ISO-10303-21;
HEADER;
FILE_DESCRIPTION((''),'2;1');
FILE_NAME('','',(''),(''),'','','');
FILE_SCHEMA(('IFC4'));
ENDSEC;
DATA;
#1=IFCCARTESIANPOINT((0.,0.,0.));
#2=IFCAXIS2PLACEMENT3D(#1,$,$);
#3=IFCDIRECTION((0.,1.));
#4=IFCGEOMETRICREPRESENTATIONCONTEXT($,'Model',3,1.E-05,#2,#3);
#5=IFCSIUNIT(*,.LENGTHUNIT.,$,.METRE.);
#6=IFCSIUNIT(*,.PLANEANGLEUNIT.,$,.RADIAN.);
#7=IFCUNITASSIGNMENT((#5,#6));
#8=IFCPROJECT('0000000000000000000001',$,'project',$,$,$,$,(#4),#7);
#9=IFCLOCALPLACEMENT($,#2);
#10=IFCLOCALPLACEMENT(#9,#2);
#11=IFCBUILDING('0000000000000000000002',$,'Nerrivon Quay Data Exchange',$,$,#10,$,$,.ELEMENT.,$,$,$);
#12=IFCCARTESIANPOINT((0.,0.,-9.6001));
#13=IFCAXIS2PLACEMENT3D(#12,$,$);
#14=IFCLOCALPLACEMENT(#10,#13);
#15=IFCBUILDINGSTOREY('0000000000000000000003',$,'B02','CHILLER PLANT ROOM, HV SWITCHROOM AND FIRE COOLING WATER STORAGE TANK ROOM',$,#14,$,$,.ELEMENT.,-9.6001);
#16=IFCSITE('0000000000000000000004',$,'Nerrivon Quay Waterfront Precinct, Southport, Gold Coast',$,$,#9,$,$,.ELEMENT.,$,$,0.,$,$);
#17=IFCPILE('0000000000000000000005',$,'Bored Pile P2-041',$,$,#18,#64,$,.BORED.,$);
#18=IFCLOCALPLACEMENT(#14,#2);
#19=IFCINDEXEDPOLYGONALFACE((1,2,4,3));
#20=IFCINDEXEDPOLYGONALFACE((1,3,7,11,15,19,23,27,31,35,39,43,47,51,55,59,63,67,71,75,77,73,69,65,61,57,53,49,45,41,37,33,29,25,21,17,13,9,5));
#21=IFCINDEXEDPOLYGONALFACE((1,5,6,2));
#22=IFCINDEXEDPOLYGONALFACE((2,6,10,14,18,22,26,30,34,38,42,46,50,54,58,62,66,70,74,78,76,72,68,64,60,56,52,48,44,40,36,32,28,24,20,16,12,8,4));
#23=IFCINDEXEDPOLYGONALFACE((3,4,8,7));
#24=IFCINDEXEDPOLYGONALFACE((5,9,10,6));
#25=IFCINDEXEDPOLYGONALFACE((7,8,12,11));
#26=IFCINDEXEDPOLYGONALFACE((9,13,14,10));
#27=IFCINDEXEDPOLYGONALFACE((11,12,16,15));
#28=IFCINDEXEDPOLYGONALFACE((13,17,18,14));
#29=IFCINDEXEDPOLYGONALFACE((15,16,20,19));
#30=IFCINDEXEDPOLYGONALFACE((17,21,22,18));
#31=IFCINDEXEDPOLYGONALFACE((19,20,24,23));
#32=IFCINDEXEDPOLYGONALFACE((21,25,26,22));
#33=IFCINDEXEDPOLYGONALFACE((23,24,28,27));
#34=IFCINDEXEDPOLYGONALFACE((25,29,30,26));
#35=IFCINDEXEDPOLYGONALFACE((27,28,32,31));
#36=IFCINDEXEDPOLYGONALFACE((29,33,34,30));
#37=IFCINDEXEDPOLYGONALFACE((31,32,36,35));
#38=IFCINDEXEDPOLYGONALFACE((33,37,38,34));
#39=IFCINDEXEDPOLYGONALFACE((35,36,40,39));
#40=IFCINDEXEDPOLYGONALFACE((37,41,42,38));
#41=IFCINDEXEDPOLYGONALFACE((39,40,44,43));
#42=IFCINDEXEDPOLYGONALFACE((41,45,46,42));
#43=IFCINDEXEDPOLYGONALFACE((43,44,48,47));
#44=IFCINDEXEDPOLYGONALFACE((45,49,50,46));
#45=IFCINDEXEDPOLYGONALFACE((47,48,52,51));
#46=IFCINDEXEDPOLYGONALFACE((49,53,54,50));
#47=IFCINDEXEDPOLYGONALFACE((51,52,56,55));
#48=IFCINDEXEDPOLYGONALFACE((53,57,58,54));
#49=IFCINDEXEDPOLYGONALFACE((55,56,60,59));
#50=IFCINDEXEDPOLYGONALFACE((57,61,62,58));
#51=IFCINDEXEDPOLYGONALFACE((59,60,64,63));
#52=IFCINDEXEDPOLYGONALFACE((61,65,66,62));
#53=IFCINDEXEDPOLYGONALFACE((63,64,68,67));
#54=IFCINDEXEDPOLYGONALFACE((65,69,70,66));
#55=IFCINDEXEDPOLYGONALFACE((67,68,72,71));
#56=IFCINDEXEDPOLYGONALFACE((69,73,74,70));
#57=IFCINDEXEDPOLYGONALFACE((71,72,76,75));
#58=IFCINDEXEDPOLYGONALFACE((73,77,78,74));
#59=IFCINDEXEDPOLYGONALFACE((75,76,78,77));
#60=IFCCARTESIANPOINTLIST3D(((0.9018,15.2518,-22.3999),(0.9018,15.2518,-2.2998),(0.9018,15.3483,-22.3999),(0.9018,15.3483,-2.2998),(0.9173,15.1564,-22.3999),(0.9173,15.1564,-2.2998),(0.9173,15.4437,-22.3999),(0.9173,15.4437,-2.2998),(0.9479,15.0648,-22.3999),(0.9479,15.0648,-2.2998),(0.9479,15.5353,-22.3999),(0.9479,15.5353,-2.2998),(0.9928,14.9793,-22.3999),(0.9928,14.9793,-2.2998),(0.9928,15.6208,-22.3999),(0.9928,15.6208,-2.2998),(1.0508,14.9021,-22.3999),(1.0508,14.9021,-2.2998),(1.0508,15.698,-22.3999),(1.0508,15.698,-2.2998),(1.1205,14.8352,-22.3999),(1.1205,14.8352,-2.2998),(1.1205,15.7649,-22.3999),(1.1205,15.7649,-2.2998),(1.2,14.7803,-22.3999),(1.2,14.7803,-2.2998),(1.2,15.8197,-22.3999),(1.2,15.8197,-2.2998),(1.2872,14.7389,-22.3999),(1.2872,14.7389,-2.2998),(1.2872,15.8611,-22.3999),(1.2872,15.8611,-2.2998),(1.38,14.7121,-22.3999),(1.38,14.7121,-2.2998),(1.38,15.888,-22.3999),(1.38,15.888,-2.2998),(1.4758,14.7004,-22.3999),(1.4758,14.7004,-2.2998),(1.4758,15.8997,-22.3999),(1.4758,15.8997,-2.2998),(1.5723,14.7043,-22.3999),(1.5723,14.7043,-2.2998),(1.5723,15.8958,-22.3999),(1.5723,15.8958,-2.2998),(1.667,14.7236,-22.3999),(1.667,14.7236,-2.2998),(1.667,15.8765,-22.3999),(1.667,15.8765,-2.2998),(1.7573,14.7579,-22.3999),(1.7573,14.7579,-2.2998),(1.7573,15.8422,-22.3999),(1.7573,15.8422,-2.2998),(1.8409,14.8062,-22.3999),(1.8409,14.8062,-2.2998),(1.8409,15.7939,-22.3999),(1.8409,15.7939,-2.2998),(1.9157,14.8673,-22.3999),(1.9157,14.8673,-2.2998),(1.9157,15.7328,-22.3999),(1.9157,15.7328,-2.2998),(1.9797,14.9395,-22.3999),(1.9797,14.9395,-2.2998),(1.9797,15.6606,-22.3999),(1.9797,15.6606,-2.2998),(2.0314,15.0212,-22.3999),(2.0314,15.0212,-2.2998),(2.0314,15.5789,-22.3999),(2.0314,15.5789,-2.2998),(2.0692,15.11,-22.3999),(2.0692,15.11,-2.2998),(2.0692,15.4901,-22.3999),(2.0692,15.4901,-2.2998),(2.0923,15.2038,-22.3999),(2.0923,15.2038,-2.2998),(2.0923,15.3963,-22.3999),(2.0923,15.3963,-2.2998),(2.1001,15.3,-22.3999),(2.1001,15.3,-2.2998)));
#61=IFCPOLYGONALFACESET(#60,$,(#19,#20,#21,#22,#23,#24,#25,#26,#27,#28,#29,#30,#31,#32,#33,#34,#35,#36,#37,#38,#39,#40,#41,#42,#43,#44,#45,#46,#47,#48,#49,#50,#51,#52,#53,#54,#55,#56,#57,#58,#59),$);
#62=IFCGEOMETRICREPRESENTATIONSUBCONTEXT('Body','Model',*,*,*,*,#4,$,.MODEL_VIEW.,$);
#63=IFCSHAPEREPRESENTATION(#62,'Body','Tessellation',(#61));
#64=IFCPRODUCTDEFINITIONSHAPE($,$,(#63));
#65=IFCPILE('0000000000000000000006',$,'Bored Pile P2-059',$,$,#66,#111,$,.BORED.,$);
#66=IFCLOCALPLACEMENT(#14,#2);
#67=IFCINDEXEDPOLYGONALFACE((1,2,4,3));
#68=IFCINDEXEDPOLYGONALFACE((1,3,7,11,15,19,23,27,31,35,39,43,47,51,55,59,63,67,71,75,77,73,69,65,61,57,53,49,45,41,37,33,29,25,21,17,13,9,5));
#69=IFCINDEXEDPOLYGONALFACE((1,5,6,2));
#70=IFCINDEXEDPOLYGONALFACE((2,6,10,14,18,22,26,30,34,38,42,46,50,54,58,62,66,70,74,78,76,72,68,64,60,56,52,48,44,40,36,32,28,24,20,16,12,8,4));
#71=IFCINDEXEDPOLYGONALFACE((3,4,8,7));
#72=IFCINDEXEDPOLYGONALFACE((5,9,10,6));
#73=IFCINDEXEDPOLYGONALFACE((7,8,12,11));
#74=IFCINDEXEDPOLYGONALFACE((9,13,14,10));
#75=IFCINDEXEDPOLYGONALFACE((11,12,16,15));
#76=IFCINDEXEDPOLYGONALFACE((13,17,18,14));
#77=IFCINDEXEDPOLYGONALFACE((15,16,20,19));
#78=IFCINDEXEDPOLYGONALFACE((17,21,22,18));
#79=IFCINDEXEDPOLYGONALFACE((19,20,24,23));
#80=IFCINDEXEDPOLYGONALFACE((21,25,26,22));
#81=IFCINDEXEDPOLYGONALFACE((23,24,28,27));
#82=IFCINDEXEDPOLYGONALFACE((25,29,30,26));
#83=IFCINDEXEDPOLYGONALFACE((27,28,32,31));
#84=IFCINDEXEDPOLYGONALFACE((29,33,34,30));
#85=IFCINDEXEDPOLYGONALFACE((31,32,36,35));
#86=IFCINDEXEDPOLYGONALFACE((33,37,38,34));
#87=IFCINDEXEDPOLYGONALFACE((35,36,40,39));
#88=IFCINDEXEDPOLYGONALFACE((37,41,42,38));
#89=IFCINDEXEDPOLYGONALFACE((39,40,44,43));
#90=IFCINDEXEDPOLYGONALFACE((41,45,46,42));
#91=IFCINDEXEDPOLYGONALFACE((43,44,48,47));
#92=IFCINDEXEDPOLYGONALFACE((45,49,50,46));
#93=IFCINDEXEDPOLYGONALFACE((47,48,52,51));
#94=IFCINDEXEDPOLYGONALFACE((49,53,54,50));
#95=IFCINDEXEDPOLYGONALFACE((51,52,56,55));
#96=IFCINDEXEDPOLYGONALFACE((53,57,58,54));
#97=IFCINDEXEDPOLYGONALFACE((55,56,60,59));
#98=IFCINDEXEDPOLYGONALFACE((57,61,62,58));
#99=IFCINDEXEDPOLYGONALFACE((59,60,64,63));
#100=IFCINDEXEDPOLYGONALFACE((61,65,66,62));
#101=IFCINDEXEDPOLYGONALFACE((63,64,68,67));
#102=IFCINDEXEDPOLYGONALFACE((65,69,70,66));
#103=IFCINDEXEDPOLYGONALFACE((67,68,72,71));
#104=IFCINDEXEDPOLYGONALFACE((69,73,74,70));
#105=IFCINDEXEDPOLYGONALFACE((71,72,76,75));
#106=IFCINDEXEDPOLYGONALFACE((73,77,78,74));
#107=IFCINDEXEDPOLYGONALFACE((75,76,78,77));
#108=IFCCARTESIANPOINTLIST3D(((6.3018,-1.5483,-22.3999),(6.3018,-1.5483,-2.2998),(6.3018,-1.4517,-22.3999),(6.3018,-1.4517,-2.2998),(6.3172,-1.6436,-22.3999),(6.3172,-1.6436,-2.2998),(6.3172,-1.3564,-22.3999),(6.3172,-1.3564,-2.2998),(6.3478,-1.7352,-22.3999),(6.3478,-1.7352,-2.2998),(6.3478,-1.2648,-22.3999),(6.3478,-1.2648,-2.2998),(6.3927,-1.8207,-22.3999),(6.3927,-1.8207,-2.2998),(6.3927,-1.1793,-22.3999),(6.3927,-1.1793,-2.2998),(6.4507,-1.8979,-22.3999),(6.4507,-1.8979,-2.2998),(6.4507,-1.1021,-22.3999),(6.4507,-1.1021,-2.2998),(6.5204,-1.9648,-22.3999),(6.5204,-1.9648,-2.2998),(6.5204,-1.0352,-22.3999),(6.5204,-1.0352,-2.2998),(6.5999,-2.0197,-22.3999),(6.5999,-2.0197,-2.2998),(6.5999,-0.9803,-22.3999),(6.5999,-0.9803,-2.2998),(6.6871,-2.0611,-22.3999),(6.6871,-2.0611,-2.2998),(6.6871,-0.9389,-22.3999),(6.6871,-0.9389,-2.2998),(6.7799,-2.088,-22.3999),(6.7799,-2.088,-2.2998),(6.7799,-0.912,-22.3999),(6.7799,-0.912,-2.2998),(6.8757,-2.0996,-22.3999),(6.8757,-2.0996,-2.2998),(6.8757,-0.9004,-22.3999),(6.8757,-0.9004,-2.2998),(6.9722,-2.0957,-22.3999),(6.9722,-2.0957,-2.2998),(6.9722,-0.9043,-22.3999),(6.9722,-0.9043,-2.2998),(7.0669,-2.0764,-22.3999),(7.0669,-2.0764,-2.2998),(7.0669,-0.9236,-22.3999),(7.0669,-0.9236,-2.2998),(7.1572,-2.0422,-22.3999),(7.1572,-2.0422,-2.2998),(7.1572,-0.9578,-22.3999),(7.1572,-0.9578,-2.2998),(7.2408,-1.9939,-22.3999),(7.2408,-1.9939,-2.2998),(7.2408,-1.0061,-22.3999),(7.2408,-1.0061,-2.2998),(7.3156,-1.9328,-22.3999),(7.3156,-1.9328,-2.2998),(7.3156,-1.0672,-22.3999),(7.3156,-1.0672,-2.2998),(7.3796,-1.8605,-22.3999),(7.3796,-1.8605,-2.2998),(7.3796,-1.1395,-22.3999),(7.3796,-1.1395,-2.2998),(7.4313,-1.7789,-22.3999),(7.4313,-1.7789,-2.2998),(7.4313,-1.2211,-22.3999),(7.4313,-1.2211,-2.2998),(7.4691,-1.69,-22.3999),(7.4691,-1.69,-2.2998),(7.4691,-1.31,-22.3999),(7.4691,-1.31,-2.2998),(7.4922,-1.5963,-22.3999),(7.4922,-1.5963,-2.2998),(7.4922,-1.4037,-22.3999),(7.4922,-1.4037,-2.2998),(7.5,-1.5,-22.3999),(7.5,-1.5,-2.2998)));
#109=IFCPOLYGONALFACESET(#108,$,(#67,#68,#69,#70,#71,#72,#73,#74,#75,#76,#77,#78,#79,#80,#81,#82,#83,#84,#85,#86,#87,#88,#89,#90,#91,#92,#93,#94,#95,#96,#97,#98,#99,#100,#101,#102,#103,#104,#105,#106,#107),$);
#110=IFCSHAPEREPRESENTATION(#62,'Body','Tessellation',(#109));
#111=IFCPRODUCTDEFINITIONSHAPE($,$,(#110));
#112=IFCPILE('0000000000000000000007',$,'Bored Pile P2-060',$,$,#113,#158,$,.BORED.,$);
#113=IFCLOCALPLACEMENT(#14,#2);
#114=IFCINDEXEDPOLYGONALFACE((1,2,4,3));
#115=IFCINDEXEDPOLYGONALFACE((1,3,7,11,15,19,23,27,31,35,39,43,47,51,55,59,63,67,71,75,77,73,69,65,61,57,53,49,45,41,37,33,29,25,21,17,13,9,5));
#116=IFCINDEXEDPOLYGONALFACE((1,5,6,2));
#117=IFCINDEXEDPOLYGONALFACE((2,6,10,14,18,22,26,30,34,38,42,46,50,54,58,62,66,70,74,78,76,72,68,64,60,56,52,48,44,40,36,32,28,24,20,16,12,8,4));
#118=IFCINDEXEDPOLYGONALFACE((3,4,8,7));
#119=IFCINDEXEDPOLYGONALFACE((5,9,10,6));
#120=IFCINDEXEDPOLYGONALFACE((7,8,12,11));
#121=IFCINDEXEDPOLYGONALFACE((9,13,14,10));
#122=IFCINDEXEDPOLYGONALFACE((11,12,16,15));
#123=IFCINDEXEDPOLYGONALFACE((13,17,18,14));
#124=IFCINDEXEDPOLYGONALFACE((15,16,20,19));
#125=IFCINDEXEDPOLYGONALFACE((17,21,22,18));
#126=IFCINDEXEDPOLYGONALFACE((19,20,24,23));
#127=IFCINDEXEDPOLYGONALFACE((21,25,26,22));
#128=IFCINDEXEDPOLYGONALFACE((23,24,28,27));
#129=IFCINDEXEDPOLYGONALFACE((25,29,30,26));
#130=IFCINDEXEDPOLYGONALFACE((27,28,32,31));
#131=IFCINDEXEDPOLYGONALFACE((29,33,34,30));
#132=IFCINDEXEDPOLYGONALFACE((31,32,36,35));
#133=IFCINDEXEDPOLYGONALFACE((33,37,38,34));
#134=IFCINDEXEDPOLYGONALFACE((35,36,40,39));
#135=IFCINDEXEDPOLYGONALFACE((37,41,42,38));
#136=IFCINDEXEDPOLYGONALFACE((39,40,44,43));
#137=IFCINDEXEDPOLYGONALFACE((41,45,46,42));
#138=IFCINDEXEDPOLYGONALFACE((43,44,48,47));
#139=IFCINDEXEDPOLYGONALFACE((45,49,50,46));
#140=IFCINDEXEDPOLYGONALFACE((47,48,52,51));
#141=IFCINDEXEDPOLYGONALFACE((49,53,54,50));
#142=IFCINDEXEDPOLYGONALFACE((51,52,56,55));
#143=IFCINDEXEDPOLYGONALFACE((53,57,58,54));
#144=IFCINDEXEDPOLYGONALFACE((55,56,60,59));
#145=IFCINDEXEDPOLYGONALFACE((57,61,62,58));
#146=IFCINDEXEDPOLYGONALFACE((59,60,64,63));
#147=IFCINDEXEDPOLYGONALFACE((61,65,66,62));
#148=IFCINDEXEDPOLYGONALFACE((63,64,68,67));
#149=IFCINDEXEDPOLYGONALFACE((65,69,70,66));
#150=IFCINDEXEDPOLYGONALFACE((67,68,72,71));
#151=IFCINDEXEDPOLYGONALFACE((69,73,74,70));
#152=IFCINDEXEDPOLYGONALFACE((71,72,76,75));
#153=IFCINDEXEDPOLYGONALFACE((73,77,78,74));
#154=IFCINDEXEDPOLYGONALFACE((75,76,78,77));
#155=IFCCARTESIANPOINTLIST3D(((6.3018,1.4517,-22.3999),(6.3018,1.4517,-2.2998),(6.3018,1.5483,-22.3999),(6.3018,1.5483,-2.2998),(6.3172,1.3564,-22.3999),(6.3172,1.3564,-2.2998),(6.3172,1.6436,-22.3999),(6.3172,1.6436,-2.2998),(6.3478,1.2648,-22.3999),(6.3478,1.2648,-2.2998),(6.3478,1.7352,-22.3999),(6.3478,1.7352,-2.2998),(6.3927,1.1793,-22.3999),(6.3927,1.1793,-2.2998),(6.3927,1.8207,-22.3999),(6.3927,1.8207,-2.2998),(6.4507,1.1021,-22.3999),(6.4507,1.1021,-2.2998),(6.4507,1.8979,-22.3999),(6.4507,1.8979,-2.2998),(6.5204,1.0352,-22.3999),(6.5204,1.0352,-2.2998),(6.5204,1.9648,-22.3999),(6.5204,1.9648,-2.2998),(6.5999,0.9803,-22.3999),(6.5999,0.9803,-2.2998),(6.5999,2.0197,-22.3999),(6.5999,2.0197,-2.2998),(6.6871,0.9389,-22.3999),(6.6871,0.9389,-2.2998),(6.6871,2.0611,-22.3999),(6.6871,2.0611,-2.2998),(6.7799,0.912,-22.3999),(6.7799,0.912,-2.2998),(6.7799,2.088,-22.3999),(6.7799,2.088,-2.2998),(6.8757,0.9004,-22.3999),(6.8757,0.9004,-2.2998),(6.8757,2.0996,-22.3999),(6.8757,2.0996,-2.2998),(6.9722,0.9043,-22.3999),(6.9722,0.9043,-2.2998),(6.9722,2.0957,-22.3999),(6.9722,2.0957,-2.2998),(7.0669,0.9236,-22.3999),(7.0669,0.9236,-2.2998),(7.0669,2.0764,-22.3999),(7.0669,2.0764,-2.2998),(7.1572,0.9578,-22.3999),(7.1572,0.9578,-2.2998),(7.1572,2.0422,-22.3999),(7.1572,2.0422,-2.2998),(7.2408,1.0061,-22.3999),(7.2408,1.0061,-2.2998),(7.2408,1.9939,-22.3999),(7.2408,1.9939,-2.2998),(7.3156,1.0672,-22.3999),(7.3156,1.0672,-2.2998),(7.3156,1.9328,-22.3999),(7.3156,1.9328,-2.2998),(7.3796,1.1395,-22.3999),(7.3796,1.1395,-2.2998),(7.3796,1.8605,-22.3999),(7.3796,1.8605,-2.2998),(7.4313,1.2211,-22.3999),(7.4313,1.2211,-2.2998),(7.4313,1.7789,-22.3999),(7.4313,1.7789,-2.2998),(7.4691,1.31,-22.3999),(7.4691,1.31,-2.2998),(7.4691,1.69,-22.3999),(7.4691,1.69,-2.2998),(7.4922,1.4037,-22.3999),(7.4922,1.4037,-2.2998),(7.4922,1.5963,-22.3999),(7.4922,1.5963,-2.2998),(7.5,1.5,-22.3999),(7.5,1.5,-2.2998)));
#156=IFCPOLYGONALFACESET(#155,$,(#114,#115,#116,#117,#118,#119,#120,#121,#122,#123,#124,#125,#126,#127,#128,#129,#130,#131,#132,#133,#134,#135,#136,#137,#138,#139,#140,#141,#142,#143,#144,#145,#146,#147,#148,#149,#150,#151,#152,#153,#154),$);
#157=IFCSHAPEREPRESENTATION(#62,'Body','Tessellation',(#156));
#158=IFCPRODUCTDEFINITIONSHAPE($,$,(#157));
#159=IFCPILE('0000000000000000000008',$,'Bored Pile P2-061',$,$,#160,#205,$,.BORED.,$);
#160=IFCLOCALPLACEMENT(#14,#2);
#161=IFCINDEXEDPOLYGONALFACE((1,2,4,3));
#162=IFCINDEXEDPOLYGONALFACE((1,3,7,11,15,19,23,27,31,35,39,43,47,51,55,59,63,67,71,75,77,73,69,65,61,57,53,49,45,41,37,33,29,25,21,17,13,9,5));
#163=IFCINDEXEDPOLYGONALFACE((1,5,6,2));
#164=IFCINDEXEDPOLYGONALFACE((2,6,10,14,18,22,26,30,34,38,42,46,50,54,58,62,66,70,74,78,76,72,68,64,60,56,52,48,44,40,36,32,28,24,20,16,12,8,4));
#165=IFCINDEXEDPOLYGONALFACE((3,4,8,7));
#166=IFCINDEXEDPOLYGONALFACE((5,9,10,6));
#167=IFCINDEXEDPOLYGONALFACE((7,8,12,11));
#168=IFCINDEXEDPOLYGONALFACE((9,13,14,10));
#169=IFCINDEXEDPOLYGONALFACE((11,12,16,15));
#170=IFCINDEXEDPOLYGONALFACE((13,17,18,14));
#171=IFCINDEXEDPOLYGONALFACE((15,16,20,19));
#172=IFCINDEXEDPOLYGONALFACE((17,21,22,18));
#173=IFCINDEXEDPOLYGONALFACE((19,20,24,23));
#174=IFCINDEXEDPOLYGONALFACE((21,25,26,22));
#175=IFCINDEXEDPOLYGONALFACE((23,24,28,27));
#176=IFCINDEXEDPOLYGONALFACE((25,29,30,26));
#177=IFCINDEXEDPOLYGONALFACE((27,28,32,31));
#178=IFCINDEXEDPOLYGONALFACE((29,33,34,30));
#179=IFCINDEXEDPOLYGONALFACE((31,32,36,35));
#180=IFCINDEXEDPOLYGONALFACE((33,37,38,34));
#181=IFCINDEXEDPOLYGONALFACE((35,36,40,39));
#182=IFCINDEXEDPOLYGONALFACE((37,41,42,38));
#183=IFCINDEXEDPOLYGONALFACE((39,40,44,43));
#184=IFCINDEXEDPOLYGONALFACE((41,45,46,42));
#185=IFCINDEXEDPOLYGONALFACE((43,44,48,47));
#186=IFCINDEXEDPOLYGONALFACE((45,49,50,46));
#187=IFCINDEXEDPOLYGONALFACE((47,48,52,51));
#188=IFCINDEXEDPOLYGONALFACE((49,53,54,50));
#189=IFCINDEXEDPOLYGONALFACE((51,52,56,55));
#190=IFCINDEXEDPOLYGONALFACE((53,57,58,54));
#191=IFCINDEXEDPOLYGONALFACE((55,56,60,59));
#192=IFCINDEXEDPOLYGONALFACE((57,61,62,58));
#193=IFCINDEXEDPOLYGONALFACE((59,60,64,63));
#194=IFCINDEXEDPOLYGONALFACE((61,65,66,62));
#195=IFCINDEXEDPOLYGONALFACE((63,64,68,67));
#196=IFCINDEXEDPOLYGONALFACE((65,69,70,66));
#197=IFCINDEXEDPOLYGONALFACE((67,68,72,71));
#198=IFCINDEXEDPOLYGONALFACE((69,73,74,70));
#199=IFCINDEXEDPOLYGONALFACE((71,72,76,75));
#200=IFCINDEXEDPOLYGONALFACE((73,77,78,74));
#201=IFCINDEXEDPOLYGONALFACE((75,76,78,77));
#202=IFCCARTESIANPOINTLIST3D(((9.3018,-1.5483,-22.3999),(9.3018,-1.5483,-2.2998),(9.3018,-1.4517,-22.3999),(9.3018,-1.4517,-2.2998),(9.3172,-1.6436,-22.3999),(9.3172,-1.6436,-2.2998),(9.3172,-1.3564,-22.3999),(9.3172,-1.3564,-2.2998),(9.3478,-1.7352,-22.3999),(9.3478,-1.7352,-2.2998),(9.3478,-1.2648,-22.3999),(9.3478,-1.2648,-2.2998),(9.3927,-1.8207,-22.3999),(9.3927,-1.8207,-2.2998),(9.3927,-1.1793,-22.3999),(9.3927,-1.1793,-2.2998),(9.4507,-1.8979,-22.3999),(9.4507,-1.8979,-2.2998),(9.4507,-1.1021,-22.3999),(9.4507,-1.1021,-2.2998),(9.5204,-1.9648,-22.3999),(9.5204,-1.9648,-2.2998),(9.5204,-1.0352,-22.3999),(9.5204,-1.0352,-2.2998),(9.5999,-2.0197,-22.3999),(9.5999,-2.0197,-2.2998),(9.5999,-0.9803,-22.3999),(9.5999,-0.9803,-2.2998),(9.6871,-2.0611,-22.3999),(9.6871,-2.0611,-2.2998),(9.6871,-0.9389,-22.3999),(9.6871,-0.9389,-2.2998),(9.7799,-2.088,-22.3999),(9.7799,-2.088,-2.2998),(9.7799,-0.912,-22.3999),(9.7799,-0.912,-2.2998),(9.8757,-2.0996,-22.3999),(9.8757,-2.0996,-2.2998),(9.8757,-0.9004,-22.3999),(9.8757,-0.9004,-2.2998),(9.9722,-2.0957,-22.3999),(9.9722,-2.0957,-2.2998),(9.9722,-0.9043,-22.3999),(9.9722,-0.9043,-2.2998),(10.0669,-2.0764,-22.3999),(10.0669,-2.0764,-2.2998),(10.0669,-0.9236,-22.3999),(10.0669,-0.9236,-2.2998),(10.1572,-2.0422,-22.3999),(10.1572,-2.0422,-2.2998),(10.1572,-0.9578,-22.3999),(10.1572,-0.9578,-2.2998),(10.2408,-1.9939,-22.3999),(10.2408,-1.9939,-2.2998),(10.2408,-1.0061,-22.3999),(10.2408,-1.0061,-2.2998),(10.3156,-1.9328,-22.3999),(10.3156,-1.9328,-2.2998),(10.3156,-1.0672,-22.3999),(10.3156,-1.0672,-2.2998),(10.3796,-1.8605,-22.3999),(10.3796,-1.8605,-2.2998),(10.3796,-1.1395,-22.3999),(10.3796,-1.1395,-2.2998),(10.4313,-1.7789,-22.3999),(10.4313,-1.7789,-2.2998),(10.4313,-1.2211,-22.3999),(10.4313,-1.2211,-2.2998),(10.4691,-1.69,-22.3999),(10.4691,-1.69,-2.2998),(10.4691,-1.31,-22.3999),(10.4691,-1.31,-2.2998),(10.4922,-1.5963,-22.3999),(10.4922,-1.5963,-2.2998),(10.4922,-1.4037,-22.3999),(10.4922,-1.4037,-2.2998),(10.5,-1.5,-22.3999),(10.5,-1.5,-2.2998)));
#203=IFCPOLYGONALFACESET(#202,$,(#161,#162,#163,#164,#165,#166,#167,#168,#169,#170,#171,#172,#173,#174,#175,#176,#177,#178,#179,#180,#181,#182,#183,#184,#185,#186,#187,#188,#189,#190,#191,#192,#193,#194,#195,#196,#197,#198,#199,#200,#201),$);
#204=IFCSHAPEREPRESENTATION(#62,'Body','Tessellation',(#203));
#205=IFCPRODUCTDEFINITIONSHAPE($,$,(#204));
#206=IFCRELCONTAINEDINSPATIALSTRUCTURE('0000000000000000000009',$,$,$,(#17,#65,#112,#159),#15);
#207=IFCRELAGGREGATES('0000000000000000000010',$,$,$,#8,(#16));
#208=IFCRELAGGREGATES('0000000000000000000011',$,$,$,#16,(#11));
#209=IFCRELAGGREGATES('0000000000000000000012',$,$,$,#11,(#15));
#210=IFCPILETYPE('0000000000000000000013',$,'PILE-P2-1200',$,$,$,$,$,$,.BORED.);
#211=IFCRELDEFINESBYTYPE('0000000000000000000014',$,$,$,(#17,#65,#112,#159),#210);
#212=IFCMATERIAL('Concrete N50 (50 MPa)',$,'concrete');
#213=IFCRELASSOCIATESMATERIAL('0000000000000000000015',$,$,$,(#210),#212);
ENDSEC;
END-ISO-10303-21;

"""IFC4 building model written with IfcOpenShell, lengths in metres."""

from ifc_helpers import new_model, si_unit, direction, frame, origin, origin_2d, place, context, subcontext, project, spatial, circle, extrude, material, material_profile, profile_set, type_object, element, save


model = new_model("IFC4")

# Units and contexts
model_context = context("Model", 3, precision=1e-05, world=origin(), true_north=direction((0.0, 1.0)))
body_context = subcontext(model_context, "Body", "Model", "MODEL_VIEW")
ifc_project = project(units=[si_unit("LENGTHUNIT", "METRE"), si_unit("PLANEANGLEUNIT", "RADIAN")], contexts=[model_context])

# Site, building, storey
site_placement = place(None, origin())
site = spatial("IfcSite", under=ifc_project, at=site_placement, Name="Nerrivon Quay Waterfront Precinct, Southport, Gold Coast", CompositionType="ELEMENT", RefElevation=0.0)
building_placement = place(site_placement, origin())
building = spatial("IfcBuilding", under=site, at=building_placement, Name="Nerrivon Quay Data Exchange", CompositionType="ELEMENT")
storey_placement = place(building_placement, frame((0.0, 0.0, -9.6001)))
storey = spatial("IfcBuildingStorey", under=building, at=storey_placement, Name="B02", Description="CHILLER PLANT ROOM, HV SWITCHROOM AND FIRE COOLING WATER STORAGE TANK ROOM", CompositionType="ELEMENT", Elevation=-9.6001)

# Piles
ifc_material_1 = material(Name="Concrete N50 (50 MPa)", Category="concrete")
ifc_material_profile_1 = material_profile(ifc_material_1, circle(Radius=0.6001, at=origin_2d()), Name="PILE-1200")
ifc_profile_set_1 = profile_set([ifc_material_profile_1], Name="Concrete N50 (50 MPa)")
pile_type = type_object("IfcPileType", Name="PILE-P2-1200", PredefinedType="BORED", material=ifc_profile_set_1)
for number, where, z_axis, x_axis, name in (
    (1, (1.5, 15.3, -2.2998), (0.0, 0.0, -1.0), (1.0, 0.0, 0.0), "Bored Pile P2-041"),
    (2, (6.8999, -1.5, -2.2998), (0.0, 0.0, -1.0), (1.0, 0.0, 0.0), "Bored Pile P2-059"),
    (3, (6.8999, 1.5, -2.2998), (0.0, 0.0, -1.0), (1.0, 0.0, 0.0), "Bored Pile P2-060"),
    (4, (9.8999, -1.5, -2.2998), (0.0, 0.0, -1.0), (1.0, 0.0, 0.0), "Bored Pile P2-061"),
):
    element("IfcPile", number, at=place(storey_placement, frame(where, z_axis=z_axis, x_axis=x_axis)), inside=storey, type_object=pile_type, Name=name, PredefinedType="BORED", context=body_context, shape_type="SweptSolid", body=[
        extrude(circle(Radius=0.6001, at=origin_2d()), origin(), (0.0, 0.0, 1.0), 20.1001),
    ])

save(model, "model.ifc")
